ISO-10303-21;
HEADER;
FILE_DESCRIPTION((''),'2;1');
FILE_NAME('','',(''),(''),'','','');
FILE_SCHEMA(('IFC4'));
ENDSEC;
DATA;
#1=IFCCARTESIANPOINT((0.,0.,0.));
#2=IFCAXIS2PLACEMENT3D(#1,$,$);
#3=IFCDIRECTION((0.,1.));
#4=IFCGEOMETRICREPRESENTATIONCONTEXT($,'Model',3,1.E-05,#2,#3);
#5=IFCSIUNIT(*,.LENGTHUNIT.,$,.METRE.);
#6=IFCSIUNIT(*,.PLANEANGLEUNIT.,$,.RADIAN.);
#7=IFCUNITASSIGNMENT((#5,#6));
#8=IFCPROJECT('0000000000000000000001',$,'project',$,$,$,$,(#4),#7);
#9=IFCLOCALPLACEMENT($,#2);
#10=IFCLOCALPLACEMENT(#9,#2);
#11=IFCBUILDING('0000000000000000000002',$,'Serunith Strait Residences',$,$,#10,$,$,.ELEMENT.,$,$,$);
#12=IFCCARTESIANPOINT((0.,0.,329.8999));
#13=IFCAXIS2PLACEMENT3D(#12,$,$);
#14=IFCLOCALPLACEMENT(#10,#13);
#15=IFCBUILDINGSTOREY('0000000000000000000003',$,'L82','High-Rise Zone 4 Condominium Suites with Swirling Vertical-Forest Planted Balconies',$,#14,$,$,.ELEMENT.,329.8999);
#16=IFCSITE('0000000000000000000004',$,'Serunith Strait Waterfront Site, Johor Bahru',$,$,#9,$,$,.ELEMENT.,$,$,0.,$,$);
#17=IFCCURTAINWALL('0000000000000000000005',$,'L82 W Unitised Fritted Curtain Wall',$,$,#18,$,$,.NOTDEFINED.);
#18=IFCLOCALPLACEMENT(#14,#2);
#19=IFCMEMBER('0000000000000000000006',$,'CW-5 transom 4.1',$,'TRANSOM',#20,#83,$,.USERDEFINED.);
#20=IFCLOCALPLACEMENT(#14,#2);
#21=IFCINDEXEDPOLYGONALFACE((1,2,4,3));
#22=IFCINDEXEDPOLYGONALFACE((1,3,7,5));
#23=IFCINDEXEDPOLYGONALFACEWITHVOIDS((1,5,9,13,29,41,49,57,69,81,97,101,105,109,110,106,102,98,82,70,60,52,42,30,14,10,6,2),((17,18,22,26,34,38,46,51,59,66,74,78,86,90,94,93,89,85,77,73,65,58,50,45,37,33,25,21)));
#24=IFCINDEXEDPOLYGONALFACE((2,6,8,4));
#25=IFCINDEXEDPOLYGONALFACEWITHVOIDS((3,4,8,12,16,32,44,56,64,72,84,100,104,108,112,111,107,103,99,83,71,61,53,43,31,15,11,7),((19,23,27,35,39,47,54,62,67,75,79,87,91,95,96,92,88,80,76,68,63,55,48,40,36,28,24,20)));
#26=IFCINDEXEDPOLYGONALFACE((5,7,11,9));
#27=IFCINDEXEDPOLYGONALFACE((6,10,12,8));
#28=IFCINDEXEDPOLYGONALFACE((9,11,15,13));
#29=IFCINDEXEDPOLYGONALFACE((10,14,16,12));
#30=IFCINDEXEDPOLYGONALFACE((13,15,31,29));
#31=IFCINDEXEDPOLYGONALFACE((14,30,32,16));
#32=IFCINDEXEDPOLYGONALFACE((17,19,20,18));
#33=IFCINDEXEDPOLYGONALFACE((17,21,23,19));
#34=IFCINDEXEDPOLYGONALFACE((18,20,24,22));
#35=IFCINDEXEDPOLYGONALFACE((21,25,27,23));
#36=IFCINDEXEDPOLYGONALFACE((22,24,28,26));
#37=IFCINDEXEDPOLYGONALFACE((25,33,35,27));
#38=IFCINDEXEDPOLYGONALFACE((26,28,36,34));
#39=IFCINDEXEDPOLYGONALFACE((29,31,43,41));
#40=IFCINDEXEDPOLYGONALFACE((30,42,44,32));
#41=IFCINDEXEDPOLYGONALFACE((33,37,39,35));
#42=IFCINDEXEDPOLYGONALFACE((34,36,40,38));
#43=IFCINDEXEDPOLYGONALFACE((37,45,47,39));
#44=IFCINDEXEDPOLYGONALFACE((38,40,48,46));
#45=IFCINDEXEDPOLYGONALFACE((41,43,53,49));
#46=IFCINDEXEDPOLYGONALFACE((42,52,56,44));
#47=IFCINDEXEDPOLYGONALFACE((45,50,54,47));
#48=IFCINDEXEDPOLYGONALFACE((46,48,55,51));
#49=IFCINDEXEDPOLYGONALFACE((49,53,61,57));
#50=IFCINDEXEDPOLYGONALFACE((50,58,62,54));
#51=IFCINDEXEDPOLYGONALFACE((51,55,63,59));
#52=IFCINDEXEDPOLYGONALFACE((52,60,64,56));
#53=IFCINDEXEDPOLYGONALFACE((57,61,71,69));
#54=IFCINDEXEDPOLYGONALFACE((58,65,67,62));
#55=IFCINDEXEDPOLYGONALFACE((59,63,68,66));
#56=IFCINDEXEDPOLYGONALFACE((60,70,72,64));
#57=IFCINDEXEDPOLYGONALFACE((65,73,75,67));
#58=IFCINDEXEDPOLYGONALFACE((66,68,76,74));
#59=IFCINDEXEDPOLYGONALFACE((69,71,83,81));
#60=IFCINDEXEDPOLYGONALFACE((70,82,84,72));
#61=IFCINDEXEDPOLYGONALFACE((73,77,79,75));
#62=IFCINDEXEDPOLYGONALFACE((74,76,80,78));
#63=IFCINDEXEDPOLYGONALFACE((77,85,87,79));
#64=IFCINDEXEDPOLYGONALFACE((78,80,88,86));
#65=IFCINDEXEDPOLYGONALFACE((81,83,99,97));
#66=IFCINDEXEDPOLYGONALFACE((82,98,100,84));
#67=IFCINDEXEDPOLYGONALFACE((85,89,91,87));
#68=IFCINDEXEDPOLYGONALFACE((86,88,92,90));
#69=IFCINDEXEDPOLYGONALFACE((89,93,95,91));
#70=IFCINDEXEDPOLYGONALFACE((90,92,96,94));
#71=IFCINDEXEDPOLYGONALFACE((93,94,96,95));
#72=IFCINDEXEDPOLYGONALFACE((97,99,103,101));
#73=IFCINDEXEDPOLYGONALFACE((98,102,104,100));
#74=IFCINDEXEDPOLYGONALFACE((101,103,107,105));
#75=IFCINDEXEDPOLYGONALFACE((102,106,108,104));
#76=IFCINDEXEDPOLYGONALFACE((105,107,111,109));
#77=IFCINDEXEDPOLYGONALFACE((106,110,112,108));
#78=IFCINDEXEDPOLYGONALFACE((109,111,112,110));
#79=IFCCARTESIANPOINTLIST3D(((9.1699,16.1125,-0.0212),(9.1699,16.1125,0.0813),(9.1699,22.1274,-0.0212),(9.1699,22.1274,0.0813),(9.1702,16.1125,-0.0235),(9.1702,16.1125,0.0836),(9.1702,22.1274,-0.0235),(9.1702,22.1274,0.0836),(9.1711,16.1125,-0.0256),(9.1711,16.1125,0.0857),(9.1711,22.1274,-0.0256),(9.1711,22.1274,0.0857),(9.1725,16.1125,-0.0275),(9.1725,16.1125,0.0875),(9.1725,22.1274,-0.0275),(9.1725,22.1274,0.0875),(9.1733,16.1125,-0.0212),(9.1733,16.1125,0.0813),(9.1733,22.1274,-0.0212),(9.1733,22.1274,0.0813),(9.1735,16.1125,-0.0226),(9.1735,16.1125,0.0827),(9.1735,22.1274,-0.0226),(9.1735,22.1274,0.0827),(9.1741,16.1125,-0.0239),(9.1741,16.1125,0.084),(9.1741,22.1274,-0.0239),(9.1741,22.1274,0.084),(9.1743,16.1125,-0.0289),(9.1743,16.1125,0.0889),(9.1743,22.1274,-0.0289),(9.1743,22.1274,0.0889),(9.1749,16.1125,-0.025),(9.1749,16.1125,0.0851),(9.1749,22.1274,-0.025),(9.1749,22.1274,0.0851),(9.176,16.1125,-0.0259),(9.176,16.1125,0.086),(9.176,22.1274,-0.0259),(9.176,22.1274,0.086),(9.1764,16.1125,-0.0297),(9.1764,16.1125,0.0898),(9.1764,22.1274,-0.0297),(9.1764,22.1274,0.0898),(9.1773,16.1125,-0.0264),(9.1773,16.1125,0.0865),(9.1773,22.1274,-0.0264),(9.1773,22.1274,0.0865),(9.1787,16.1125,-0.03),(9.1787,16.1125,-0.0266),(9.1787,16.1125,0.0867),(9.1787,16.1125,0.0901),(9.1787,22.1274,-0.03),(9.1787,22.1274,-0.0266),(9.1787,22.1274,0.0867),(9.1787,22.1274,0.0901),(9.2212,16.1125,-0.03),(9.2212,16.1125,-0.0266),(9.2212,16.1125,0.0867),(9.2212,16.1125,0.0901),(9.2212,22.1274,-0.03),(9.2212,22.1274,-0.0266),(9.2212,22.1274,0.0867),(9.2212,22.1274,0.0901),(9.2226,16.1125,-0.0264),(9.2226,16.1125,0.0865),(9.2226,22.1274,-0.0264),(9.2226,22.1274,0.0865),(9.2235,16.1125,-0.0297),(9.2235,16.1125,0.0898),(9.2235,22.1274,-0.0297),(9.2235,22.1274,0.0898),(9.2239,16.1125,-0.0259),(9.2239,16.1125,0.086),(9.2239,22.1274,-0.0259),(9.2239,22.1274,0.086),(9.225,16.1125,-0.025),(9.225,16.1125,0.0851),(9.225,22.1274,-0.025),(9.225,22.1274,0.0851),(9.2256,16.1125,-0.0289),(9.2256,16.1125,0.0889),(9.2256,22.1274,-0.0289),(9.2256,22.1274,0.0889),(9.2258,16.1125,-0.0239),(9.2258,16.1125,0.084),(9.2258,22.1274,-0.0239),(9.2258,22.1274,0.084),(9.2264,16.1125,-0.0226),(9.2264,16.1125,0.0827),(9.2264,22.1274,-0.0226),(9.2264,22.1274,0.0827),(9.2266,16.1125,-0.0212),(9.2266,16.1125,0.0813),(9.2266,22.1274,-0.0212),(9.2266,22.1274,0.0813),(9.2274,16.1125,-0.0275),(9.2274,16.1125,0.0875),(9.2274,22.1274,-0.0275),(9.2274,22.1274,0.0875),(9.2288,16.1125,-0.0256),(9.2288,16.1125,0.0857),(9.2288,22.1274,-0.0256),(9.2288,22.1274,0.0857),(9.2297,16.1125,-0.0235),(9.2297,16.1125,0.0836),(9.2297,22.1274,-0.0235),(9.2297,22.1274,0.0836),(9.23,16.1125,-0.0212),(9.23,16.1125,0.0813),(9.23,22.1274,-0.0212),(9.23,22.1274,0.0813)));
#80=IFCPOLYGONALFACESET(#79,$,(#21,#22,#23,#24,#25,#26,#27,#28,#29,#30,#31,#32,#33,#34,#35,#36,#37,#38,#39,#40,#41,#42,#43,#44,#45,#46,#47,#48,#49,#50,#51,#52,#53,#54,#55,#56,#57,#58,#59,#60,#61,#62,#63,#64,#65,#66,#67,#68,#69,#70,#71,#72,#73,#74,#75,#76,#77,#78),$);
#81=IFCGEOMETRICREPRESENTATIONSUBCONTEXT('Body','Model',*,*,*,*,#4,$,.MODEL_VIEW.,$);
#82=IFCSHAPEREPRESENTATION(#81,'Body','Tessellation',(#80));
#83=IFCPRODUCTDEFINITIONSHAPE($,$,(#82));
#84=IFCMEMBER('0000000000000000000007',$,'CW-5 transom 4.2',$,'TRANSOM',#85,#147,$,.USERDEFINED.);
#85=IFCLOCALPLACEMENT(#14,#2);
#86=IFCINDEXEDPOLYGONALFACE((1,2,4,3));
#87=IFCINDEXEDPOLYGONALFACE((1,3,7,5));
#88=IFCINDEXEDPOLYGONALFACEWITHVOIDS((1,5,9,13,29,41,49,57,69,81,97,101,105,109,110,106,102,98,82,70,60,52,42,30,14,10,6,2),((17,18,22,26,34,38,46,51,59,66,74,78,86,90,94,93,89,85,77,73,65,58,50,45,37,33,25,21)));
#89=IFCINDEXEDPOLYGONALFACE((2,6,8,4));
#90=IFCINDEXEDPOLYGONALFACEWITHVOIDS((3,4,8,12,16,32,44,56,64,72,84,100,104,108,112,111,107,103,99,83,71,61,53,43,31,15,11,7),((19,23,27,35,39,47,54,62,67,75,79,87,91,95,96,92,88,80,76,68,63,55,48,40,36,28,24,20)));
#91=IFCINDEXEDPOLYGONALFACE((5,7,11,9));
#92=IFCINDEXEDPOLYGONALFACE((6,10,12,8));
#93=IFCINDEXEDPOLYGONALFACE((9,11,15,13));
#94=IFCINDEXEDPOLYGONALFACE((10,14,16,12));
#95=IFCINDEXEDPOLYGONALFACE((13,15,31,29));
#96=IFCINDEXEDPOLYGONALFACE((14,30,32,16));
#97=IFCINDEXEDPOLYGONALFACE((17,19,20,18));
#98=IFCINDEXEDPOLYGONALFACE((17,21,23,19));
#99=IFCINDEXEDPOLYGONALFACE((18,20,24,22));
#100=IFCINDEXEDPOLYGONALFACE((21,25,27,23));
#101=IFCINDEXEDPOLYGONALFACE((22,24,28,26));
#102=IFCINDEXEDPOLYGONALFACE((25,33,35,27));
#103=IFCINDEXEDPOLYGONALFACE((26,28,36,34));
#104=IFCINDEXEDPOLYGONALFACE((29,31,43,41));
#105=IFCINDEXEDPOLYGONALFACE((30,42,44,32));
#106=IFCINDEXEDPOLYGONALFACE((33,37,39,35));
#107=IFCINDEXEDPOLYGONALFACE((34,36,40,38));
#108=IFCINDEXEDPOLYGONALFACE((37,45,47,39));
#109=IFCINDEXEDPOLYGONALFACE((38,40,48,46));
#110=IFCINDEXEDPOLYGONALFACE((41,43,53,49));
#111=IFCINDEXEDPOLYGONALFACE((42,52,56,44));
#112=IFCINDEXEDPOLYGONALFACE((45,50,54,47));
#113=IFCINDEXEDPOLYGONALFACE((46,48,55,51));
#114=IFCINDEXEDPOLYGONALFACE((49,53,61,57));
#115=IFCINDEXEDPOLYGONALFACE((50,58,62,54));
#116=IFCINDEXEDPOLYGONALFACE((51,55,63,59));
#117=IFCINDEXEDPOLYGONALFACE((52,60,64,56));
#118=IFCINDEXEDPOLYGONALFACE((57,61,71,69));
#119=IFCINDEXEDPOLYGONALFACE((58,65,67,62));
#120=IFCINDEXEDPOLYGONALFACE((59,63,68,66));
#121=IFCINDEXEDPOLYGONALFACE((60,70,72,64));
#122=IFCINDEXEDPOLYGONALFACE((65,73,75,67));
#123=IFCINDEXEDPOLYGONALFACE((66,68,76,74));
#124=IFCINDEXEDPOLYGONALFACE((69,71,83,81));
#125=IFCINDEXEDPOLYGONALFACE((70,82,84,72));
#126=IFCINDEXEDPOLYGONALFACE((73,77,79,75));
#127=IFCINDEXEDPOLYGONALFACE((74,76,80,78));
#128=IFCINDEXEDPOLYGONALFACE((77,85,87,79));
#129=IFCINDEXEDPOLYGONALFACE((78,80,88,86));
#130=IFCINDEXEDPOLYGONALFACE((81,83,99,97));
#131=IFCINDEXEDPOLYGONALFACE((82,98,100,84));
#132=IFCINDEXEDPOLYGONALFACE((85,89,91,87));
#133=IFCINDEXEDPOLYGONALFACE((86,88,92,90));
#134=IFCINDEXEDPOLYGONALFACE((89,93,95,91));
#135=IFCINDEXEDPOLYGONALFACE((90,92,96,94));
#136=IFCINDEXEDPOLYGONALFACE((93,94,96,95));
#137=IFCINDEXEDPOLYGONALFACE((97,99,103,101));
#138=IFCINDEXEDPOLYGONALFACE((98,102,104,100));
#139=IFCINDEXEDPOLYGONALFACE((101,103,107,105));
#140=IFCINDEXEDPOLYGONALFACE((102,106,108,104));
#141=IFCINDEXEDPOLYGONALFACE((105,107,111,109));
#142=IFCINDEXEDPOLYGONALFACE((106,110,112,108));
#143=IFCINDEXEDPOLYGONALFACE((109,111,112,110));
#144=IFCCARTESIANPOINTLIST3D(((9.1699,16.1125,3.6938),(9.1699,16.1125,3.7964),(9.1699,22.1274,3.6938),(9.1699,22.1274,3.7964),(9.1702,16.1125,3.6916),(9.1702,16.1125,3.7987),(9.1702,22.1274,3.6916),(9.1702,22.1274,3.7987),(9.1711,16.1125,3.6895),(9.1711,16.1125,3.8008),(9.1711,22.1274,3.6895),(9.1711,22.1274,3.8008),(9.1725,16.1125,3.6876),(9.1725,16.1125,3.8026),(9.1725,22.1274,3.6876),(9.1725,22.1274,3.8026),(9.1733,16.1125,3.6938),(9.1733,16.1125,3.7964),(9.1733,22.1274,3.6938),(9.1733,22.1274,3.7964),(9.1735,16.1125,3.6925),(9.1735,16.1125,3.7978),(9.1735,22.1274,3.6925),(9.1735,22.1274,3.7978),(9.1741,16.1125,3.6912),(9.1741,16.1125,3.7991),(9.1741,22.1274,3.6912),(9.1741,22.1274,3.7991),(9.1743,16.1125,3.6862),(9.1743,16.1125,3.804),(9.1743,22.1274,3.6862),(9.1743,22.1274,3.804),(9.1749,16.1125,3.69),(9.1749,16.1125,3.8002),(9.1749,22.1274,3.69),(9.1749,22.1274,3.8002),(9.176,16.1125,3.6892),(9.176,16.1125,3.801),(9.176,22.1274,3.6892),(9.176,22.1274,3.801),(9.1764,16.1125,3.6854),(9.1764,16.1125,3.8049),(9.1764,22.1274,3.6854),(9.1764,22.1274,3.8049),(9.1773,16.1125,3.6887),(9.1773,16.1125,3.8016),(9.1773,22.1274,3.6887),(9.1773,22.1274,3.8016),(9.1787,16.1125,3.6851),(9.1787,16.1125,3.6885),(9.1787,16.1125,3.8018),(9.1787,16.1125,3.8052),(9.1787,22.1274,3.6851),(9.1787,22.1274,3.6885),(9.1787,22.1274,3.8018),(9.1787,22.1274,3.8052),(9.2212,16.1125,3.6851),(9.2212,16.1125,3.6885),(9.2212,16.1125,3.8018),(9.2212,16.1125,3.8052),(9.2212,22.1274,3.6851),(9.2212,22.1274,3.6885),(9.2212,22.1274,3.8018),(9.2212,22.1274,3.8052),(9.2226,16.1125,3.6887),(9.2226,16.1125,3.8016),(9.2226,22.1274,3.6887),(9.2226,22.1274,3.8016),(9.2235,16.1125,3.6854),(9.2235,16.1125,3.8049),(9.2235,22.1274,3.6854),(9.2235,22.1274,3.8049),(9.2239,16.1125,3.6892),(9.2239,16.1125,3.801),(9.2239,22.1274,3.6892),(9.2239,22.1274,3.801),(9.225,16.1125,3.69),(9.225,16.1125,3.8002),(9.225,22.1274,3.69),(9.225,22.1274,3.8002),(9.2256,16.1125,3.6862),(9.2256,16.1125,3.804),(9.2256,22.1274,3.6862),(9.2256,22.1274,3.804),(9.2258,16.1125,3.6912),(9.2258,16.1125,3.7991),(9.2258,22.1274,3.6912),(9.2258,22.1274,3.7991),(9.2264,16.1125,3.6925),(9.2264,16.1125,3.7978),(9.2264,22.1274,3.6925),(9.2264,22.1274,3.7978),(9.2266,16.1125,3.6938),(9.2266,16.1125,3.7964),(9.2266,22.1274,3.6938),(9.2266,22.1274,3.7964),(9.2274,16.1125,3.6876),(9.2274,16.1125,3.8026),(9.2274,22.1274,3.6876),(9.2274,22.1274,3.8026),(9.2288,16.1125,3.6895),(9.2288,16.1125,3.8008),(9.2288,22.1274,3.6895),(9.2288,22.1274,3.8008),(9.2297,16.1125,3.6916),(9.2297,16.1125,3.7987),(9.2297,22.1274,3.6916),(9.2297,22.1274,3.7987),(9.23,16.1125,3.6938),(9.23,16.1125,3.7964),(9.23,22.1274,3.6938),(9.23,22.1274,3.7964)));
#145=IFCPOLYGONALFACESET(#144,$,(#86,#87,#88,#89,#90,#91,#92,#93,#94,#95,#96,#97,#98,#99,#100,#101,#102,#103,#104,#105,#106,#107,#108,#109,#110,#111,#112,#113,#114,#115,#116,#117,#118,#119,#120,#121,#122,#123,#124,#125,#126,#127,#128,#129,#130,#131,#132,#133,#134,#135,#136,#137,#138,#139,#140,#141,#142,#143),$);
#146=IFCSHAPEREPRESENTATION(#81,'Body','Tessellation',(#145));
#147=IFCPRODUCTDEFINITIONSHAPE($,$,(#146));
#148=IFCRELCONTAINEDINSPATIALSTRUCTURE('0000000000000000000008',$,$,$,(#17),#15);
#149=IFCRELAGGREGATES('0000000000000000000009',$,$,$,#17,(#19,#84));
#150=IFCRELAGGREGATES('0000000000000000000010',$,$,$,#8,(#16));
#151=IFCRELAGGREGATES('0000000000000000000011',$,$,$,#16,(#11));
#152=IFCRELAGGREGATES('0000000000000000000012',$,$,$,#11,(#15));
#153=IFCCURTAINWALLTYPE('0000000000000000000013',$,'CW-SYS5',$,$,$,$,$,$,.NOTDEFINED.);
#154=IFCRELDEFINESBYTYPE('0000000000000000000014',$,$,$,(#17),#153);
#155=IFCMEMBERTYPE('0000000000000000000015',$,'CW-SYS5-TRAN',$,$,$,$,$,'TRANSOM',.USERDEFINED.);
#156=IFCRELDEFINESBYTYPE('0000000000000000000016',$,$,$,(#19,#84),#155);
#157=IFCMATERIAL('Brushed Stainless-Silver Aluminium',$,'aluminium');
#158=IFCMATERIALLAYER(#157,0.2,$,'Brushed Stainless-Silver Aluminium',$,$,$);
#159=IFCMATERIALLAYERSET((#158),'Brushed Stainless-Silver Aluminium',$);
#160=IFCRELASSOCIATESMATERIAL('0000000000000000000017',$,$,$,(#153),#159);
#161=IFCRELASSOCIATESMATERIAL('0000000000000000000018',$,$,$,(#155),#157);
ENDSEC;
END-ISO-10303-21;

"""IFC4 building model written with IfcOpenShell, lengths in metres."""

from ifc_helpers import new_model, si_unit, direction, frame, origin, origin_2d, place, context, subcontext, project, spatial, hollow_rectangle, extrude, source, transform, mapped, material, layer, layer_set, material_profile, profile_set, type_object, element, aggregate, save


model = new_model("IFC4")

# Units and contexts
model_context = context("Model", 3, precision=1e-05, world=origin(), true_north=direction((0.0, 1.0)))
body_context = subcontext(model_context, "Body", "Model", "MODEL_VIEW")
ifc_project = project(units=[si_unit("LENGTHUNIT", "METRE"), si_unit("PLANEANGLEUNIT", "RADIAN")], contexts=[model_context])

# Site, building, storey
site_placement = place(None, origin())
site = spatial("IfcSite", under=ifc_project, at=site_placement, Name="Serunith Strait Waterfront Site, Johor Bahru", CompositionType="ELEMENT", RefElevation=0.0)
building_placement = place(site_placement, origin())
building = spatial("IfcBuilding", under=site, at=building_placement, Name="Serunith Strait Residences", CompositionType="ELEMENT")
storey_placement = place(building_placement, frame((0.0, 0.0, 329.8999)))
storey = spatial("IfcBuildingStorey", under=building, at=storey_placement, Name="L82", Description="High-Rise Zone 4 Condominium Suites with Swirling Vertical-Forest Planted Balconies", CompositionType="ELEMENT", Elevation=329.8999)

# Curtain wall, members
ifc_material_1 = material(Name="Brushed Stainless-Silver Aluminium", Category="aluminium")
ifc_layer_1 = layer(ifc_material_1, 0.2, Name="Brushed Stainless-Silver Aluminium")
ifc_layer_set_1 = layer_set([ifc_layer_1], Name="Brushed Stainless-Silver Aluminium")
curtain_wall_type = type_object("IfcCurtainWallType", Name="CW-SYS5", PredefinedType="NOTDEFINED", material=ifc_layer_set_1)
curtain_wall_placement = place(storey_placement, origin())
curtain_wall = element("IfcCurtainWall", 1, at=curtain_wall_placement, inside=storey, type_object=curtain_wall_type, Name="L82 W Unitised Fritted Curtain Wall", PredefinedType="NOTDEFINED")
ifc_material_profile_1 = material_profile(ifc_material_1, hollow_rectangle(XDim=0.0601, YDim=0.1201, WallThickness=0.0034, InnerFilletRadius=0.0054, OuterFilletRadius=0.0088, at=origin_2d()), Name="ALU 120x60x3.5")
ifc_profile_set_1 = profile_set([ifc_material_profile_1], Name="Brushed Stainless-Silver Aluminium")
member_type_1 = type_object("IfcMemberType", Name="CW-SYS5-TRAN", ElementType="TRANSOM", PredefinedType="USERDEFINED", material=ifc_profile_set_1)
shared_shape_1 = source(origin(), body_context, "Body", "SweptSolid", [
    extrude(hollow_rectangle(XDim=0.0601, YDim=0.1201, WallThickness=0.0034, InnerFilletRadius=0.0054, OuterFilletRadius=0.0088, at=origin_2d()), origin(), (0.0, 0.0, 1.0), 6.0149),
])
member_1_placement = place(storey_placement, frame((9.2, 22.1274, 0.03), z_axis=(0.0, -1.0, 0.0), x_axis=(1.0, 0.0, 0.0)))
member_1 = element("IfcMember", 2, at=member_1_placement, type_object=member_type_1, Name="CW-5 transom 4.1", ObjectType="TRANSOM", PredefinedType="USERDEFINED", context=body_context, shape_type="MappedRepresentation", body=[
    mapped(shared_shape_1, transform((0.0, 0.0, 0.0), scale=1.0)),
])
member_2_placement = place(storey_placement, frame((9.2, 22.1274, 3.7451), z_axis=(0.0, -1.0, 0.0), x_axis=(1.0, 0.0, 0.0)))
member_2 = element("IfcMember", 3, at=member_2_placement, type_object=member_type_1, Name="CW-5 transom 4.2", ObjectType="TRANSOM", PredefinedType="USERDEFINED", context=body_context, shape_type="MappedRepresentation", body=[
    mapped(shared_shape_1, transform((0.0, 0.0, 0.0), scale=1.0)),
])
aggregate(curtain_wall, [member_1, member_2])

save(model, "model.ifc")
